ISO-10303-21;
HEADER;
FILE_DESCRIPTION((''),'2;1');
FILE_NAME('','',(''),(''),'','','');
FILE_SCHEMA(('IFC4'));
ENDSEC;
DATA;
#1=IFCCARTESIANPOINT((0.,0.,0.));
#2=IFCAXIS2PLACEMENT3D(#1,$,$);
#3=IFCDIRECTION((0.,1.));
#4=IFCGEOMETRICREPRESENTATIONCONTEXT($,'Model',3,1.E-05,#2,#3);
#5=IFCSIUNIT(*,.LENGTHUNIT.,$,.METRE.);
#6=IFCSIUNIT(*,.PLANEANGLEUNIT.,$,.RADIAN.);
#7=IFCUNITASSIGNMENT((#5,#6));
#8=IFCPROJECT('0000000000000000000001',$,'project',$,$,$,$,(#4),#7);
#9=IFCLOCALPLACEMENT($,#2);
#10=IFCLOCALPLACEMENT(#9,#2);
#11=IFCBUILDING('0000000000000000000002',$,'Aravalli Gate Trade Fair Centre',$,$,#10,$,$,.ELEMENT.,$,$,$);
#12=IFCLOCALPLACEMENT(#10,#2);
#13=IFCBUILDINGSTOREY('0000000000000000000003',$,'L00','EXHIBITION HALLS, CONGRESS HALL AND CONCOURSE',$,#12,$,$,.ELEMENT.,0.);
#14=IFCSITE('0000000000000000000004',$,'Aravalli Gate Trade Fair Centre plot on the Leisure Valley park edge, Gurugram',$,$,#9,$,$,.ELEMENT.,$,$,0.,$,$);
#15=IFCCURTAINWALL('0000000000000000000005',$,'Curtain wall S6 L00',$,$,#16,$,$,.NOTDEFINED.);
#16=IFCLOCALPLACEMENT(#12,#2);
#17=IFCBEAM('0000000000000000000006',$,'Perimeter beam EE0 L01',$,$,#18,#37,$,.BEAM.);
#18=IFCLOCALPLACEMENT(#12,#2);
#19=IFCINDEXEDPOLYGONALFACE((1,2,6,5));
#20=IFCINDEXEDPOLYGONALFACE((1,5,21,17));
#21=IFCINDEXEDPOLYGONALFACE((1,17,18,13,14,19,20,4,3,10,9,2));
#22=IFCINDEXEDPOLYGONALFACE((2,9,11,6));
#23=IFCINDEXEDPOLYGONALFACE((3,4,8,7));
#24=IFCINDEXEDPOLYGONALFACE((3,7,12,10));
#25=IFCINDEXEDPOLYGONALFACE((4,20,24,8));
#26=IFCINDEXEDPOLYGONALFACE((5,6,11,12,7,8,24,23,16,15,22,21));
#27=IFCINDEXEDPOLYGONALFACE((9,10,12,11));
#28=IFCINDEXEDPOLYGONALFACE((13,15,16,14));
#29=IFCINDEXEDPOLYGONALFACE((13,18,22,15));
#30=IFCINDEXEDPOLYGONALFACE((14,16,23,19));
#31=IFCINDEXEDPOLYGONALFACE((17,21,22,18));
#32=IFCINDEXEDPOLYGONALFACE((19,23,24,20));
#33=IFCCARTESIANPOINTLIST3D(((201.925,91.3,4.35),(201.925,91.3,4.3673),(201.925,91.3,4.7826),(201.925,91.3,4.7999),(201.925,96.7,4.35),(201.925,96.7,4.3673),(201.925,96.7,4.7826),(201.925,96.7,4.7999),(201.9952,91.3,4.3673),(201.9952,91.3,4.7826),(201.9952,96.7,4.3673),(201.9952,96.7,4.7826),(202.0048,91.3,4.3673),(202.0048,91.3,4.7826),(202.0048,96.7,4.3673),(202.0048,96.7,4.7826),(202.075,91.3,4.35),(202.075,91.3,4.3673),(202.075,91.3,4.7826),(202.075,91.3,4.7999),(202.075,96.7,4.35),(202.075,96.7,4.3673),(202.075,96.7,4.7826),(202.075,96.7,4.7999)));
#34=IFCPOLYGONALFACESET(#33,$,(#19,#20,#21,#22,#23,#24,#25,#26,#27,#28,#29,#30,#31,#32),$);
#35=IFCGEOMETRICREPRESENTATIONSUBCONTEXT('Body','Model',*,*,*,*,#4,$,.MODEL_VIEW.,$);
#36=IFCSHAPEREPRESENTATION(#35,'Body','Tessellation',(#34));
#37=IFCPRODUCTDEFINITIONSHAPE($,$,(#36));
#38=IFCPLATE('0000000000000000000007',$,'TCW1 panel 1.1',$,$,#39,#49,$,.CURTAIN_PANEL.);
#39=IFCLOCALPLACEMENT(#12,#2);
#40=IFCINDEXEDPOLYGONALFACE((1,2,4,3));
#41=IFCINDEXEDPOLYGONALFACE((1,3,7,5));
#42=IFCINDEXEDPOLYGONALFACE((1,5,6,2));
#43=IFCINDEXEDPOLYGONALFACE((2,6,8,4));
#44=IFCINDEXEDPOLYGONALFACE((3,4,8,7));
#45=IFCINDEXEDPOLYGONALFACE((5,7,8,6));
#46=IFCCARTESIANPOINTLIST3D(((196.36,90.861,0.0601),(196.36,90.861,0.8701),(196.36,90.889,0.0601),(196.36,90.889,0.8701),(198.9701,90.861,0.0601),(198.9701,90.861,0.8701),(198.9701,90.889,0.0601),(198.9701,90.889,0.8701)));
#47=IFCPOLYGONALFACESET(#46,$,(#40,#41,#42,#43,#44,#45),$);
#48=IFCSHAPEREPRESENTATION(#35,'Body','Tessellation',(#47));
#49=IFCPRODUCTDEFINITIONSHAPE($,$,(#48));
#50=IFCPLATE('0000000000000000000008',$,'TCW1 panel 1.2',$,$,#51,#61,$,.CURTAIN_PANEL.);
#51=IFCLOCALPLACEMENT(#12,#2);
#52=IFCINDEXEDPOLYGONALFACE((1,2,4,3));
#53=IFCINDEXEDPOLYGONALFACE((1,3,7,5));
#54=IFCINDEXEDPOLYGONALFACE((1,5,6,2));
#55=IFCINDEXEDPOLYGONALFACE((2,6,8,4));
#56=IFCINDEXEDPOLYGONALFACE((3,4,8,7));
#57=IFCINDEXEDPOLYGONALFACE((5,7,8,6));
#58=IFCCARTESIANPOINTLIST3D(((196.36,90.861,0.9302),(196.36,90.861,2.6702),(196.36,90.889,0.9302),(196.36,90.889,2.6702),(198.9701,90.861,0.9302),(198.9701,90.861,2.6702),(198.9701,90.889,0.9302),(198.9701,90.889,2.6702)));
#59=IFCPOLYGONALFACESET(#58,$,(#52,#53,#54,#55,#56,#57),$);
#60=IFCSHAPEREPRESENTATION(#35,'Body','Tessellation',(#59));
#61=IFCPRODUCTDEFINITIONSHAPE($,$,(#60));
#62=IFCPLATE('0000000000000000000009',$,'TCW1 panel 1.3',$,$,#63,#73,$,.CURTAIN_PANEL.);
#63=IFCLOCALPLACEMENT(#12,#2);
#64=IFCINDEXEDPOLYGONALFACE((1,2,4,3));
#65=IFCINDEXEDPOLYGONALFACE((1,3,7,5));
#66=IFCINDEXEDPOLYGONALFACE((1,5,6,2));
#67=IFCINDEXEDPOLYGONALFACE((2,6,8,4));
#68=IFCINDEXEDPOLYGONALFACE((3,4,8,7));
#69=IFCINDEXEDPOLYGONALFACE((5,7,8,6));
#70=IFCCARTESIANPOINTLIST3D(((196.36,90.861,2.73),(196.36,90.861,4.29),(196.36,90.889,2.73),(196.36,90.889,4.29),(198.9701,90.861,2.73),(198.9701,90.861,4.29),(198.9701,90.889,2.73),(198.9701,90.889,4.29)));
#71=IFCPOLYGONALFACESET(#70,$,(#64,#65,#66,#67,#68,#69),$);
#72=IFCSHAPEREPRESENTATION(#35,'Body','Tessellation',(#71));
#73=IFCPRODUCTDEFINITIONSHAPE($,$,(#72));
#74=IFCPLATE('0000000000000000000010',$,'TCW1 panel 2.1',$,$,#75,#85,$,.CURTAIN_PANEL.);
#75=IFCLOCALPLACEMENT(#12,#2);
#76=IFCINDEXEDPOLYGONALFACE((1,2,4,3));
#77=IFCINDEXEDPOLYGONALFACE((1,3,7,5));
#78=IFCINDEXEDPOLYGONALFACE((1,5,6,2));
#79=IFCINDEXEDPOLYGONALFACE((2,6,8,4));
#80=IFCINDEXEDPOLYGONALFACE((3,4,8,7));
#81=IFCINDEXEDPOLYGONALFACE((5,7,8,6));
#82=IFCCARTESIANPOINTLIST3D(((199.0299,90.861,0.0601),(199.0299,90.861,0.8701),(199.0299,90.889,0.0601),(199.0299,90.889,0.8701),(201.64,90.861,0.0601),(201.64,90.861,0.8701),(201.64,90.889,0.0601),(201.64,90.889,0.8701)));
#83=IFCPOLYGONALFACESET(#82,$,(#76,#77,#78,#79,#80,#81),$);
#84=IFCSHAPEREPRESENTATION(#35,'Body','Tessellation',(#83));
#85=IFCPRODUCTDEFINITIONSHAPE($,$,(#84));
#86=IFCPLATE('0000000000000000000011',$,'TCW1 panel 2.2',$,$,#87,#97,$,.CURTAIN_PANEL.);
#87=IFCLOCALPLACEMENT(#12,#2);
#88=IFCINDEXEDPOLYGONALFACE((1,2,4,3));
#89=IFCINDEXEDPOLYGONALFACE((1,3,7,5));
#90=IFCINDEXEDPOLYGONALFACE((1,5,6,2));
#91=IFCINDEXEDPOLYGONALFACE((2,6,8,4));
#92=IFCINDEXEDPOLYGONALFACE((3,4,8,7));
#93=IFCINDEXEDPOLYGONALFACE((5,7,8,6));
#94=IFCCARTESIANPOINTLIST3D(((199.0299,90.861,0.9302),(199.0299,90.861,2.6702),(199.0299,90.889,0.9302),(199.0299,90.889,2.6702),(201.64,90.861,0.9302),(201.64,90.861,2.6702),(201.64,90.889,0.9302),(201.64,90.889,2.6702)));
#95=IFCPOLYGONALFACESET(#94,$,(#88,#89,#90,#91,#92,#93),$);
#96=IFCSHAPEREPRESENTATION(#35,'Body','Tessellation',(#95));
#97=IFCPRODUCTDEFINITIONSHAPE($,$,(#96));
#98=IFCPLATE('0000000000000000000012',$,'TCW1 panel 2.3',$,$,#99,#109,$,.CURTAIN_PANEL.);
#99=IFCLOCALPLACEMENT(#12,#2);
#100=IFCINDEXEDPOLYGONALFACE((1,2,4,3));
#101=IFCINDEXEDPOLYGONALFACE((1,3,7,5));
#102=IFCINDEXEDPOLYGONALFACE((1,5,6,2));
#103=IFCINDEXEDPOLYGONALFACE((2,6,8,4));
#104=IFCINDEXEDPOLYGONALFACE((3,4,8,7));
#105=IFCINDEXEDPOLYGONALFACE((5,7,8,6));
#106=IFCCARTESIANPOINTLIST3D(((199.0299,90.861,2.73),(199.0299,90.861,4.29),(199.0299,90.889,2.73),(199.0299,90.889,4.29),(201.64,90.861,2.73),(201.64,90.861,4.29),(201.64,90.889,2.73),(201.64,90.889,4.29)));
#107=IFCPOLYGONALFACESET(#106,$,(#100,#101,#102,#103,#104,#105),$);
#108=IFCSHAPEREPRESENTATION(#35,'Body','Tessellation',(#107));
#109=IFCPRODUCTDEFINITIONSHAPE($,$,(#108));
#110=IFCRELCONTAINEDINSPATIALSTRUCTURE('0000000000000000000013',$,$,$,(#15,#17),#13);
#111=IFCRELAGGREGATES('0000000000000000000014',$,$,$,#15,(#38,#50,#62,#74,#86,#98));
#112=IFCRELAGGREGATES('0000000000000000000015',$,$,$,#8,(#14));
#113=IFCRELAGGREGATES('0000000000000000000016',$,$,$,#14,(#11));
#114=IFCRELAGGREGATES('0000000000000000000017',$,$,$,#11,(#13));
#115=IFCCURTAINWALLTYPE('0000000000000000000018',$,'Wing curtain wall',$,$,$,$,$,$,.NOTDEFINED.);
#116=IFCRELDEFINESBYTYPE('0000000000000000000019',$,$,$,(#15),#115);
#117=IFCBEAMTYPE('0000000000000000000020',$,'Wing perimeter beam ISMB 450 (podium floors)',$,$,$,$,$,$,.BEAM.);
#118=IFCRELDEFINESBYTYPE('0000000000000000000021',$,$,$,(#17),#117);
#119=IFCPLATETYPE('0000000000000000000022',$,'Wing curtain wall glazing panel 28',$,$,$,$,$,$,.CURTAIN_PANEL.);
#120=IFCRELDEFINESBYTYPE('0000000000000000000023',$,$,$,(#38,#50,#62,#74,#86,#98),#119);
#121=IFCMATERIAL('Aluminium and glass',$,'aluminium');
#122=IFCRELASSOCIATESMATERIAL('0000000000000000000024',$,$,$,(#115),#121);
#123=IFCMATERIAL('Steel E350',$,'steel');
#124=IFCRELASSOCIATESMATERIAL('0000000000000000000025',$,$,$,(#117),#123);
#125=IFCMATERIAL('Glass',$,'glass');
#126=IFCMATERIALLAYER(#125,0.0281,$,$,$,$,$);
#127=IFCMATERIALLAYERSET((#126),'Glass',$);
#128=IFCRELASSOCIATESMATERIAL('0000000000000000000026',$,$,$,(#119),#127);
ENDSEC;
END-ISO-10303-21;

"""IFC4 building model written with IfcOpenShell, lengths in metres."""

from ifc_helpers import new_model, si_unit, direction, frame, origin, origin_2d, place, context, subcontext, project, spatial, rectangle, i_section, extrude, material, layer, layer_set, material_profile, profile_set, type_object, element, aggregate, save


model = new_model("IFC4")

# Units and contexts
model_context = context("Model", 3, precision=1e-05, world=origin(), true_north=direction((0.0, 1.0)))
body_context = subcontext(model_context, "Body", "Model", "MODEL_VIEW")
ifc_project = project(units=[si_unit("LENGTHUNIT", "METRE"), si_unit("PLANEANGLEUNIT", "RADIAN")], contexts=[model_context])

# Site, building, storey
site_placement = place(None, origin())
site = spatial("IfcSite", under=ifc_project, at=site_placement, Name="Aravalli Gate Trade Fair Centre plot on the Leisure Valley park edge, Gurugram", CompositionType="ELEMENT", RefElevation=0.0)
building_placement = place(site_placement, origin())
building = spatial("IfcBuilding", under=site, at=building_placement, Name="Aravalli Gate Trade Fair Centre", CompositionType="ELEMENT")
storey_placement = place(building_placement, origin())
storey = spatial("IfcBuildingStorey", under=building, at=storey_placement, Name="L00", Description="EXHIBITION HALLS, CONGRESS HALL AND CONCOURSE", CompositionType="ELEMENT", Elevation=0.0)

# Shared definitions
ifc_material_1 = material(Name="Steel E350", Category="steel")

# Curtain wall
ifc_material_2 = material(Name="Aluminium and glass", Category="aluminium")
curtain_wall_type = type_object("IfcCurtainWallType", Name="Wing curtain wall", PredefinedType="NOTDEFINED", material=ifc_material_2)
curtain_wall_1_placement = place(storey_placement, origin())
curtain_wall_1 = element("IfcCurtainWall", 1, at=curtain_wall_1_placement, inside=storey, type_object=curtain_wall_type, Name="Curtain wall S6 L00", PredefinedType="NOTDEFINED")

# Beam
ifc_material_profile_1 = material_profile(ifc_material_1, i_section(OverallWidth=0.1499, OverallDepth=0.45, WebThickness=0.0095, FlangeThickness=0.0173, at=origin_2d()), Name="ISMB 450")
ifc_profile_set_1 = profile_set([ifc_material_profile_1], Name="Steel E350")
beam_type = type_object("IfcBeamType", Name="Wing perimeter beam ISMB 450 (podium floors)", PredefinedType="BEAM", material=ifc_profile_set_1)
beam_placement = place(storey_placement, frame((202.0, 91.3, 4.575), z_axis=(0.0, 1.0, 0.0), x_axis=(-1.0, 0.0, 0.0)))
element("IfcBeam", 2, at=beam_placement, inside=storey, type_object=beam_type, Name="Perimeter beam EE0 L01", PredefinedType="BEAM", context=body_context, shape_type="SweptSolid", body=[
    extrude(i_section(OverallWidth=0.1499, OverallDepth=0.45, WebThickness=0.0095, FlangeThickness=0.0173, at=origin_2d()), origin(), (0.0, 0.0, 1.0), 5.3999),
])

# Plates
ifc_material_3 = material(Name="Glass", Category="glass")
ifc_layer = layer(ifc_material_3, 0.0281)
ifc_layer_set = layer_set([ifc_layer], Name="Glass")
plate_type = type_object("IfcPlateType", Name="Wing curtain wall glazing panel 28", PredefinedType="CURTAIN_PANEL", material=ifc_layer_set)
plate_1_placement = place(storey_placement, frame((197.665, 90.875, 0.0601), z_axis=(0.0, 0.0, 1.0), x_axis=(1.0, 0.0, 0.0)))
plate_1 = element("IfcPlate", 3, at=plate_1_placement, type_object=plate_type, Name="TCW1 panel 1.1", PredefinedType="CURTAIN_PANEL", context=body_context, shape_type="SweptSolid", body=[
    extrude(rectangle(XDim=2.6101, YDim=0.0281, at=origin_2d()), origin(), (0.0, 0.0, 1.0), 0.8101),
])
plate_2_placement = place(storey_placement, frame((197.665, 90.875, 0.9302), z_axis=(0.0, 0.0, 1.0), x_axis=(1.0, 0.0, 0.0)))
plate_2 = element("IfcPlate", 4, at=plate_2_placement, type_object=plate_type, Name="TCW1 panel 1.2", PredefinedType="CURTAIN_PANEL", context=body_context, shape_type="SweptSolid", body=[
    extrude(rectangle(XDim=2.6101, YDim=0.0281, at=origin_2d()), origin(), (0.0, 0.0, 1.0), 1.74),
])
plate_3_placement = place(storey_placement, frame((197.665, 90.875, 2.73), z_axis=(0.0, 0.0, 1.0), x_axis=(1.0, 0.0, 0.0)))
plate_3 = element("IfcPlate", 5, at=plate_3_placement, type_object=plate_type, Name="TCW1 panel 1.3", PredefinedType="CURTAIN_PANEL", context=body_context, shape_type="SweptSolid", body=[
    extrude(rectangle(XDim=2.6101, YDim=0.0281, at=origin_2d()), origin(), (0.0, 0.0, 1.0), 1.5601),
])
plate_4_placement = place(storey_placement, frame((200.335, 90.875, 0.0601), z_axis=(0.0, 0.0, 1.0), x_axis=(1.0, 0.0, 0.0)))
plate_4 = element("IfcPlate", 6, at=plate_4_placement, type_object=plate_type, Name="TCW1 panel 2.1", PredefinedType="CURTAIN_PANEL", context=body_context, shape_type="SweptSolid", body=[
    extrude(rectangle(XDim=2.6101, YDim=0.0281, at=origin_2d()), origin(), (0.0, 0.0, 1.0), 0.8101),
])
plate_5_placement = place(storey_placement, frame((200.335, 90.875, 0.9302), z_axis=(0.0, 0.0, 1.0), x_axis=(1.0, 0.0, 0.0)))
plate_5 = element("IfcPlate", 7, at=plate_5_placement, type_object=plate_type, Name="TCW1 panel 2.2", PredefinedType="CURTAIN_PANEL", context=body_context, shape_type="SweptSolid", body=[
    extrude(rectangle(XDim=2.6101, YDim=0.0281, at=origin_2d()), origin(), (0.0, 0.0, 1.0), 1.74),
])
plate_6_placement = place(storey_placement, frame((200.335, 90.875, 2.73), z_axis=(0.0, 0.0, 1.0), x_axis=(1.0, 0.0, 0.0)))
plate_6 = element("IfcPlate", 8, at=plate_6_placement, type_object=plate_type, Name="TCW1 panel 2.3", PredefinedType="CURTAIN_PANEL", context=body_context, shape_type="SweptSolid", body=[
    extrude(rectangle(XDim=2.6101, YDim=0.0281, at=origin_2d()), origin(), (0.0, 0.0, 1.0), 1.5601),
])
aggregate(curtain_wall_1, [plate_1, plate_2, plate_3, plate_4, plate_5, plate_6])

save(model, "model.ifc")
